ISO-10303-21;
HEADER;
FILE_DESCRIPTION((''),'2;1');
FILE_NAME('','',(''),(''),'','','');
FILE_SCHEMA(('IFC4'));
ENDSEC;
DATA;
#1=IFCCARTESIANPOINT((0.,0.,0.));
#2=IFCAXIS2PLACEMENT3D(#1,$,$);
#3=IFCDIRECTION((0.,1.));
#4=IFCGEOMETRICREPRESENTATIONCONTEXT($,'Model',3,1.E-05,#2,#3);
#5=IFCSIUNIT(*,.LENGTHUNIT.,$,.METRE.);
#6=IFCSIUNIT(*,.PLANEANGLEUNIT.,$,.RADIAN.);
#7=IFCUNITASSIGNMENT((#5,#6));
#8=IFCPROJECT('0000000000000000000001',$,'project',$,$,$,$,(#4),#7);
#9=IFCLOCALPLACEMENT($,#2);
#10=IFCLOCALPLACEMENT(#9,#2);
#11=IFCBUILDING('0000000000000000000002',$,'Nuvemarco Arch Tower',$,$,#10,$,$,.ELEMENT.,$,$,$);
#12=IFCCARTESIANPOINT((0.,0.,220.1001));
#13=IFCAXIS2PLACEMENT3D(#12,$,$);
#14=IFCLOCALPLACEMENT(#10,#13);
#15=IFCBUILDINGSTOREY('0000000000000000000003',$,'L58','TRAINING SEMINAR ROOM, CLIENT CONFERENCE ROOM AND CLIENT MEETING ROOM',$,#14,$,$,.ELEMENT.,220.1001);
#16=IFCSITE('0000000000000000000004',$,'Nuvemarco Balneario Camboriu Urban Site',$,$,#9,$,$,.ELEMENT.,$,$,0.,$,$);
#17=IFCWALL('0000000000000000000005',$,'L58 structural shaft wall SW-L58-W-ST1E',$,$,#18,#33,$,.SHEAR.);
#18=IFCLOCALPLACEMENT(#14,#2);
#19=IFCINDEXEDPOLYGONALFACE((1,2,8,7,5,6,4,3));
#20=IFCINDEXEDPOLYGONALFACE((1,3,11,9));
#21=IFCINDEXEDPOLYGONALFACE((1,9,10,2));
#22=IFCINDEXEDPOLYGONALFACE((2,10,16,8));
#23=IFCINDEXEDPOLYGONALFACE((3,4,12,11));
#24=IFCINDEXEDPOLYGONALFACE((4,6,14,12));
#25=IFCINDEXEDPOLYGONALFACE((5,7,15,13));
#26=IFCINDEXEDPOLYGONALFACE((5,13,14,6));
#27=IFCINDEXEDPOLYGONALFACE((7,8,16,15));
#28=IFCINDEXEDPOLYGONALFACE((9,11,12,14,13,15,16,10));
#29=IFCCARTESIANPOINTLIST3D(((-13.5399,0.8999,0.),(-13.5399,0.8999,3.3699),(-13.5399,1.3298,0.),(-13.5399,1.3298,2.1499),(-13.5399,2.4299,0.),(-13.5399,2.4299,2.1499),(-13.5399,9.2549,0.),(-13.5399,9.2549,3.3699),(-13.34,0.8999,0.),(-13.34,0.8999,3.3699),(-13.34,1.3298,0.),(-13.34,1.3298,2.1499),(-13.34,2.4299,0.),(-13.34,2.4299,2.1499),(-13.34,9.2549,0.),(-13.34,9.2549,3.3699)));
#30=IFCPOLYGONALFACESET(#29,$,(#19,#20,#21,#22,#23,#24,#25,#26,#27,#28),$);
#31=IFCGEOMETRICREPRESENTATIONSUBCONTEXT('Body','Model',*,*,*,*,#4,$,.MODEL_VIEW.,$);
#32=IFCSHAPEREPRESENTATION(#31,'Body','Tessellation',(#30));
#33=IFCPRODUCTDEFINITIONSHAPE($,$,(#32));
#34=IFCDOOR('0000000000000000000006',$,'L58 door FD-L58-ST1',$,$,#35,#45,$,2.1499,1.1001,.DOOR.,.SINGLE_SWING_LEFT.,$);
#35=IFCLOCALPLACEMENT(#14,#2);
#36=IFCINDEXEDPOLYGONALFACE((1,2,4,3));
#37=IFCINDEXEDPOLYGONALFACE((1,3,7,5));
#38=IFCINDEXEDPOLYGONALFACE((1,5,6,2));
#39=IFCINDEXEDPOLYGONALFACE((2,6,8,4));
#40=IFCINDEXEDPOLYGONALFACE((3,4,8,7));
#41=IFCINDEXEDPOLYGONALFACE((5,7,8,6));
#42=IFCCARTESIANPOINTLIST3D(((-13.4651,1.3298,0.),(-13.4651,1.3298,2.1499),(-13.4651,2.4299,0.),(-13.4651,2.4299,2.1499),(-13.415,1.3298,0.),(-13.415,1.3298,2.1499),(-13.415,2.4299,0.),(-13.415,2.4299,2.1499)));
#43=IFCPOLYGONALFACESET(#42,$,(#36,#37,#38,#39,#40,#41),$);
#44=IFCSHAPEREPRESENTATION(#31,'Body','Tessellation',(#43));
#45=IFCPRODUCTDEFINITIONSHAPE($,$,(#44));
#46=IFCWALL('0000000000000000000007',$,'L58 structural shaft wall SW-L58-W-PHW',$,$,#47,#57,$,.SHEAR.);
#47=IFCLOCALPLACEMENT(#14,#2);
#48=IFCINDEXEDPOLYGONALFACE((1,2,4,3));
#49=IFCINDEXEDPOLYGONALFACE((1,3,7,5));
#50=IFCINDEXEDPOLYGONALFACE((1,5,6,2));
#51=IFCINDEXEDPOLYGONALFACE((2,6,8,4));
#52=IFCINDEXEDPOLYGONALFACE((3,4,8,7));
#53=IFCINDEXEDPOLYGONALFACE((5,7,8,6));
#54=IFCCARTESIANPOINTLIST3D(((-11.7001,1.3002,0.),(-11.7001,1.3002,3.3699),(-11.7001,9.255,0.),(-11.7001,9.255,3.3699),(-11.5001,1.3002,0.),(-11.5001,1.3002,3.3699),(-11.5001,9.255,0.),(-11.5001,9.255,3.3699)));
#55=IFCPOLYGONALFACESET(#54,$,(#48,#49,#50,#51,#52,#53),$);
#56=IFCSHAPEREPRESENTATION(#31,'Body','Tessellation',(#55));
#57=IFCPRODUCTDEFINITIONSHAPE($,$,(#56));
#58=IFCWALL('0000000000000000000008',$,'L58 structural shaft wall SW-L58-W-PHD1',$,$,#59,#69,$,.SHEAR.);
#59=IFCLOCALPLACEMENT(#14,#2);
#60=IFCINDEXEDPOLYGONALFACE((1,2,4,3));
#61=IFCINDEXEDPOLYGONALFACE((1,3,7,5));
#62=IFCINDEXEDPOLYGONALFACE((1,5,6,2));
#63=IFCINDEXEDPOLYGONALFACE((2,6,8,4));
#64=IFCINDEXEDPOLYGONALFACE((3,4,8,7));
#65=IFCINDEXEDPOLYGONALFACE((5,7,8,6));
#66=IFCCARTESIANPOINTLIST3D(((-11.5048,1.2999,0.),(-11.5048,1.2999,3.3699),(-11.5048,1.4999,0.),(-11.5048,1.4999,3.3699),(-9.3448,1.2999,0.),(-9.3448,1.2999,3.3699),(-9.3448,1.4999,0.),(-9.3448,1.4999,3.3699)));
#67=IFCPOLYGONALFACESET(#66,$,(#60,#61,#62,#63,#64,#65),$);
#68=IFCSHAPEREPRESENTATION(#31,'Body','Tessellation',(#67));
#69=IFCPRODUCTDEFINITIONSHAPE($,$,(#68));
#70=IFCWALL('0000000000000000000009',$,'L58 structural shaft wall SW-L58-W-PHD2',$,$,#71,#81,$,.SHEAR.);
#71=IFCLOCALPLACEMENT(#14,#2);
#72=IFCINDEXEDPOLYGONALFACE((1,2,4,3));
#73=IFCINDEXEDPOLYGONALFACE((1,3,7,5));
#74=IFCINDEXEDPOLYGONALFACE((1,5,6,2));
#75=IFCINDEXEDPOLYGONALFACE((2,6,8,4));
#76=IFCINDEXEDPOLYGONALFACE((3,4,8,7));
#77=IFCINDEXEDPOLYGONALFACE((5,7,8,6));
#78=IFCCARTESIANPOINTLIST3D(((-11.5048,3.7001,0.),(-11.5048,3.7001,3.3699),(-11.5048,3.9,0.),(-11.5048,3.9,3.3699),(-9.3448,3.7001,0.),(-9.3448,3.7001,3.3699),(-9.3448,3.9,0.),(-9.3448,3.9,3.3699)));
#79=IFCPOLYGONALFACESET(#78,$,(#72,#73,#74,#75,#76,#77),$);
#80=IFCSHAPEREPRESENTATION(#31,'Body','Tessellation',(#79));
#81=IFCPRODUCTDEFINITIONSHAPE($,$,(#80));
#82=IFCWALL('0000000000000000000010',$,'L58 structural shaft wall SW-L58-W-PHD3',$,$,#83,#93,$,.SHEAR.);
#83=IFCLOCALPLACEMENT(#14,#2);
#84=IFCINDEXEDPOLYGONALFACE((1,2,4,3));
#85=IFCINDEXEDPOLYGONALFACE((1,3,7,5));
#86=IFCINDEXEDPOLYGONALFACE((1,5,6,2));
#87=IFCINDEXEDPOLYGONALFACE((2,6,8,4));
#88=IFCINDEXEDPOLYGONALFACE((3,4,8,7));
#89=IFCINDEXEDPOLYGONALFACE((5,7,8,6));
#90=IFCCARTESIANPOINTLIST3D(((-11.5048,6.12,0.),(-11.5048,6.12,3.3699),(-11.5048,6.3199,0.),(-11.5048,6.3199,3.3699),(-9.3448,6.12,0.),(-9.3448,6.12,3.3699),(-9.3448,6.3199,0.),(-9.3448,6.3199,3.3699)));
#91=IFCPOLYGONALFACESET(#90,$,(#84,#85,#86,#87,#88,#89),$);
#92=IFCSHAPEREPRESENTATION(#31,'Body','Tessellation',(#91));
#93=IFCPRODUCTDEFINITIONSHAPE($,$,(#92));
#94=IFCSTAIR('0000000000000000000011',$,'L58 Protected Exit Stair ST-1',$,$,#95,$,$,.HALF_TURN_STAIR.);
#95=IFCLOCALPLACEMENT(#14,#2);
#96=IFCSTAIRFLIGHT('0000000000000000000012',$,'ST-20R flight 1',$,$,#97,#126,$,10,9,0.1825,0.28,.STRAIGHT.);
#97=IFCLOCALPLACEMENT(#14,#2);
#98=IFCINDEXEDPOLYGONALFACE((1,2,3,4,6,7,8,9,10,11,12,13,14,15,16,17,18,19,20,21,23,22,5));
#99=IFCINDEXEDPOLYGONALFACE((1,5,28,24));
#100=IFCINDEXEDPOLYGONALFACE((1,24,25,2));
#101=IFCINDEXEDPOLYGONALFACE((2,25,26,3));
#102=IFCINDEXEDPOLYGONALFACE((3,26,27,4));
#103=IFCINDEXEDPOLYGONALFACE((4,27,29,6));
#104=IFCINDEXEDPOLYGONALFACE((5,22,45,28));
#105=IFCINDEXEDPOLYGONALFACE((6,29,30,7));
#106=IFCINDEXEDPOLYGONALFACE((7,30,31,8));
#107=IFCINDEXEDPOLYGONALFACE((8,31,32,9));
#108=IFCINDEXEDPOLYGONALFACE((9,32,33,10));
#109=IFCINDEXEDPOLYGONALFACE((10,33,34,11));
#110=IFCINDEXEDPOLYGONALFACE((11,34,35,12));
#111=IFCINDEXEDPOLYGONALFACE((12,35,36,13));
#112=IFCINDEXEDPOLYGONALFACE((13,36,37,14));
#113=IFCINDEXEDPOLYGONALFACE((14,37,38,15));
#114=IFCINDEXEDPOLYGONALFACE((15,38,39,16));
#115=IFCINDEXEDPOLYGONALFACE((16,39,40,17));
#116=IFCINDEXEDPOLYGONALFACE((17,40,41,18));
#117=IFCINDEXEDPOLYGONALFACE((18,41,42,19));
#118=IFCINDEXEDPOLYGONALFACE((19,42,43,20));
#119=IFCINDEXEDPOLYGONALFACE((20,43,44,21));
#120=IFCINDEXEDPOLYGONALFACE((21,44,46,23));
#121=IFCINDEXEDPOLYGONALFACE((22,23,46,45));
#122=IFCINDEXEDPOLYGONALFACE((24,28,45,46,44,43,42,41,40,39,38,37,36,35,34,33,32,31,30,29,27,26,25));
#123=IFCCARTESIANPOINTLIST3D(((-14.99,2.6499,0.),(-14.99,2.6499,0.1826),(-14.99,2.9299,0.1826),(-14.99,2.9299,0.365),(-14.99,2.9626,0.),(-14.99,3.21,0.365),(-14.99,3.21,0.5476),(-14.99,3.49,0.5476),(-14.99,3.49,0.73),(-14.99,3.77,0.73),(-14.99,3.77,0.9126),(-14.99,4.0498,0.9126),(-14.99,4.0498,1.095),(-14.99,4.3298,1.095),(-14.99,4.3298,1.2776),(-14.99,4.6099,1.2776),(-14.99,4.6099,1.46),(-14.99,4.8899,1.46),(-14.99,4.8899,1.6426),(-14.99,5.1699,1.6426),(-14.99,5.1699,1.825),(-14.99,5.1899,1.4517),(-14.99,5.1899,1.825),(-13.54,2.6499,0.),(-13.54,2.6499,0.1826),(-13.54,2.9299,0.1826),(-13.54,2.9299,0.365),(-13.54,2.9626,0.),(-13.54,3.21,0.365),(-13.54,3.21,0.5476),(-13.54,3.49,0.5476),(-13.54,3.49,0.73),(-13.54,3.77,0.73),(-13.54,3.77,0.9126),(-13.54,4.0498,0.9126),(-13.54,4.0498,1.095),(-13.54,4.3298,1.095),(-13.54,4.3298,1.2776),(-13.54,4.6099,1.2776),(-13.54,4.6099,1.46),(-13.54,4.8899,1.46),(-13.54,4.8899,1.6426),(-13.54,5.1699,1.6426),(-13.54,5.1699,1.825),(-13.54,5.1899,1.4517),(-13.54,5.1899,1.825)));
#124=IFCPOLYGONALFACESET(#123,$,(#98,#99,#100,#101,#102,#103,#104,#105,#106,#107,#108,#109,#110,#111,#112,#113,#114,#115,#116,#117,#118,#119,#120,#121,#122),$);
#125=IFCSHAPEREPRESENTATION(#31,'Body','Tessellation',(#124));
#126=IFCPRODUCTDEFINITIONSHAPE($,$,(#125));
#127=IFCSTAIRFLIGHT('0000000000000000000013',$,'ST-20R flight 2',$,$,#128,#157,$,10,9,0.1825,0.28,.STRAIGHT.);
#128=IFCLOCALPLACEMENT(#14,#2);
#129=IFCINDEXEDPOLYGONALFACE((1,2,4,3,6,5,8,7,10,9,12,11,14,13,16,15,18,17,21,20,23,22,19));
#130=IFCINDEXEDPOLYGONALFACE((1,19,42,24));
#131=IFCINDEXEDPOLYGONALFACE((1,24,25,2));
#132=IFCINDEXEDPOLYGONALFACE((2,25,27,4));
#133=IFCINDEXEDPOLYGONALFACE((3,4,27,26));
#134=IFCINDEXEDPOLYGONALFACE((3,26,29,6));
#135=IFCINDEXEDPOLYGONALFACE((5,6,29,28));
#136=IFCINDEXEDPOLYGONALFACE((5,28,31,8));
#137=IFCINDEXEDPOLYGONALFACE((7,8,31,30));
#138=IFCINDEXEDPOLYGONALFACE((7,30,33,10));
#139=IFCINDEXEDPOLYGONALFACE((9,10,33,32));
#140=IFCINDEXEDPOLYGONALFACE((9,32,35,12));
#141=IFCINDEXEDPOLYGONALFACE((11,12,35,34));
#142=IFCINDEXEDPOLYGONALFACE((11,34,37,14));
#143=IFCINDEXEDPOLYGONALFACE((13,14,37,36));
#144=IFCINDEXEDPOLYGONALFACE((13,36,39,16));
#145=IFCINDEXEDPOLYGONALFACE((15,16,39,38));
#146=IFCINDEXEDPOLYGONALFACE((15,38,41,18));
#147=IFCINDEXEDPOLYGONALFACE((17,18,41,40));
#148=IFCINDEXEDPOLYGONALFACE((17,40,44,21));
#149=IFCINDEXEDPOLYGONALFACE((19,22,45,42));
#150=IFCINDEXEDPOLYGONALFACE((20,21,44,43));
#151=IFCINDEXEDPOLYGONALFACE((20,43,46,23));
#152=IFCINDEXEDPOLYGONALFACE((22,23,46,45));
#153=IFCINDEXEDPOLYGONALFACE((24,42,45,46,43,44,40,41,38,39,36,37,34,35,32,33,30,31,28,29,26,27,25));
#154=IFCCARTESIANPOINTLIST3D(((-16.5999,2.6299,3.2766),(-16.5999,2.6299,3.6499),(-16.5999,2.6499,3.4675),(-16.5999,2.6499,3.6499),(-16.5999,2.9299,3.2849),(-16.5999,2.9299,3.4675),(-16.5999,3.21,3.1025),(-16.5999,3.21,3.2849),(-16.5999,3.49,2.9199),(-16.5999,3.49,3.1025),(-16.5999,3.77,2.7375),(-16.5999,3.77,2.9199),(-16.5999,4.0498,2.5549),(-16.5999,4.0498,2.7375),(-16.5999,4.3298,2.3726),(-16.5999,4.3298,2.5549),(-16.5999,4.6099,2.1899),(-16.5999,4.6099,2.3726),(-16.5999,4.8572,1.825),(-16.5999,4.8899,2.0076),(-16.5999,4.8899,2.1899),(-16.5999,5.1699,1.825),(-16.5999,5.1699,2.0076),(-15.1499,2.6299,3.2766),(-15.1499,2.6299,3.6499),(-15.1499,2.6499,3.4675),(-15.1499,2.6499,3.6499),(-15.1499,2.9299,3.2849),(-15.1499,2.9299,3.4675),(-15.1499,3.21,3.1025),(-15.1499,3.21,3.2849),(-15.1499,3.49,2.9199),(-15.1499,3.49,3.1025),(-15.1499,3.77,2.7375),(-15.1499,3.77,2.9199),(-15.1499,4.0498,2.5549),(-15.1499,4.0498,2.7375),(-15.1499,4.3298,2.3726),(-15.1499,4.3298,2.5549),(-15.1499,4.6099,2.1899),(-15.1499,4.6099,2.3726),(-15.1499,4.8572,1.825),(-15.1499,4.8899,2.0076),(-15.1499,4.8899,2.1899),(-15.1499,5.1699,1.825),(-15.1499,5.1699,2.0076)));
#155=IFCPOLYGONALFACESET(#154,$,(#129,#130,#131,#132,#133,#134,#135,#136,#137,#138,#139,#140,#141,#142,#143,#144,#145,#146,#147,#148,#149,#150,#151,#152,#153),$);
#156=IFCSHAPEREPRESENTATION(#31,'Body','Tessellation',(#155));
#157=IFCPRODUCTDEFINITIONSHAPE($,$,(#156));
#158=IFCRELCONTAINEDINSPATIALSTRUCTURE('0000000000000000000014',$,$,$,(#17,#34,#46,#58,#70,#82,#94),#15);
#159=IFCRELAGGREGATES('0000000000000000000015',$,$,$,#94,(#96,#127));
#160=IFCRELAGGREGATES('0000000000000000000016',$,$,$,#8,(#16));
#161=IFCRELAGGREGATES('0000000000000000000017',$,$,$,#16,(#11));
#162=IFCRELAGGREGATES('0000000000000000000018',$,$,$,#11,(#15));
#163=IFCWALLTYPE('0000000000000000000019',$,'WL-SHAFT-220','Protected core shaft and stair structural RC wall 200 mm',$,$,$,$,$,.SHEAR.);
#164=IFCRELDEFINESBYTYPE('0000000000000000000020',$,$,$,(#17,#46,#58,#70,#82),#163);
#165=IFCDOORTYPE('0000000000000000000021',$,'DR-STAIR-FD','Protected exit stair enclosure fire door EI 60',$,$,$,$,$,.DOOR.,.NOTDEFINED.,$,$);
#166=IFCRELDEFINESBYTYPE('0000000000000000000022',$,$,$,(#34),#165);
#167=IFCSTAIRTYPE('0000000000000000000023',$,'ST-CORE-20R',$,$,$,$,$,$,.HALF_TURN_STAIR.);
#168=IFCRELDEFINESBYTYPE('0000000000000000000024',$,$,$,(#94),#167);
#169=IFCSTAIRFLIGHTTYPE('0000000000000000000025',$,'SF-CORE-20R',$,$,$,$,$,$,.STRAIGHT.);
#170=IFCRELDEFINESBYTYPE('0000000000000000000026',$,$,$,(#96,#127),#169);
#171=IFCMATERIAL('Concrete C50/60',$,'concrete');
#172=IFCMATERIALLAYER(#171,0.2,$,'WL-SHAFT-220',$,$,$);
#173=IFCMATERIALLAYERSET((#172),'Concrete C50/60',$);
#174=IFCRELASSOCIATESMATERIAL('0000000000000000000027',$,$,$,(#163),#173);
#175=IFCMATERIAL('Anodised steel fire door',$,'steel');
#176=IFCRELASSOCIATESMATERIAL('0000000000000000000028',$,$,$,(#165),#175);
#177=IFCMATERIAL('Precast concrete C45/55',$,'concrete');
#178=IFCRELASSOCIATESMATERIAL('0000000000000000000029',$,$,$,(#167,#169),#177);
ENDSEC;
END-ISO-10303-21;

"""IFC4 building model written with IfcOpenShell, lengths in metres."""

from ifc_helpers import new_model, si_unit, direction, frame, frame_2d, origin, place, context, subcontext, project, spatial, polyline, rectangle, outline, extrude, source, transform, mapped, material, layer, layer_set, type_object, type_shapes, element, fill, aggregate, save


model = new_model("IFC4")

# Units and contexts
model_context = context("Model", 3, precision=1e-05, world=origin(), true_north=direction((0.0, 1.0)))
body_context = subcontext(model_context, "Body", "Model", "MODEL_VIEW")
ifc_project = project(units=[si_unit("LENGTHUNIT", "METRE"), si_unit("PLANEANGLEUNIT", "RADIAN")], contexts=[model_context])

# Site, building, storey
site_placement = place(None, origin())
site = spatial("IfcSite", under=ifc_project, at=site_placement, Name="Nuvemarco Balneario Camboriu Urban Site", CompositionType="ELEMENT", RefElevation=0.0)
building_placement = place(site_placement, origin())
building = spatial("IfcBuilding", under=site, at=building_placement, Name="Nuvemarco Arch Tower", CompositionType="ELEMENT")
storey_placement = place(building_placement, frame((0.0, 0.0, 220.1001)))
storey = spatial("IfcBuildingStorey", under=building, at=storey_placement, Name="L58", Description="TRAINING SEMINAR ROOM, CLIENT CONFERENCE ROOM AND CLIENT MEETING ROOM", CompositionType="ELEMENT", Elevation=220.1001)

# Shared definitions
ifc_material_1 = material(Name="Concrete C50/60", Category="concrete")

# Shared definitions
ifc_material_2 = material(Name="Precast concrete C45/55", Category="concrete")

# Wall, opening, door
ifc_layer_1 = layer(ifc_material_1, 0.2, Name="WL-SHAFT-220")
ifc_layer_set_1 = layer_set([ifc_layer_1], Name="Concrete C50/60")
wall_type_1 = type_object("IfcWallType", Name="WL-SHAFT-220", Description="Protected core shaft and stair structural RC wall 200 mm", PredefinedType="SHEAR", material=ifc_layer_set_1)
wall_1_placement = place(storey_placement, frame((-13.4399, 0.8999, 0.0), z_axis=(0.0, 0.0, 1.0), x_axis=(0.0, 1.0, 0.0)))
wall_1 = element("IfcWall", 1, at=wall_1_placement, inside=storey, type_object=wall_type_1, Name="L58 structural shaft wall SW-L58-W-ST1E", PredefinedType="SHEAR", context=body_context, shape_type="SweptSolid", body=[
    extrude(rectangle(XDim=8.355, YDim=0.2, at=frame_2d((4.1775, 0.0))), origin(), (0.0, 0.0, 1.0), 3.3699),
])
opening_1_placement = place(wall_1_placement, frame((1.53, 0.0, 0.0), z_axis=(0.0, 0.0, 1.0), x_axis=(-1.0, 0.0, 0.0)))
opening_1 = element("IfcOpeningElement", 2, at=opening_1_placement, cuts=wall_1, PredefinedType="OPENING", context=body_context, shape_type="SweptSolid", body=[
    extrude(rectangle(XDim=1.1001, YDim=2.1499, at=frame_2d((0.55, 1.075))), frame((0.0, 0.1099, 0.0), z_axis=(0.0, -1.0, 0.0), x_axis=(1.0, 0.0, 0.0)), (0.0, 0.0, 1.0), 0.22),
])
ifc_material_3 = material(Name="Anodised steel fire door", Category="steel")
door_type_1 = type_object("IfcDoorType", Name="DR-STAIR-FD", Description="Protected exit stair enclosure fire door EI 60", OperationType="NOTDEFINED", PredefinedType="DOOR", material=ifc_material_3)
shared_shape_1 = source(origin(), body_context, "Body", "SweptSolid", [
    extrude(rectangle(XDim=1.1001, YDim=2.1499, at=frame_2d((0.55, 1.075))), frame((0.0, 0.0249, 0.0), z_axis=(0.0, -1.0, 0.0), x_axis=(1.0, 0.0, 0.0)), (0.0, 0.0, 1.0), 0.05),
])
type_shapes(door_type_1, [shared_shape_1])
door_1_placement = place(opening_1_placement, origin())
door_1 = element("IfcDoor", 3, at=door_1_placement, inside=storey, type_object=door_type_1, Name="L58 door FD-L58-ST1", OperationType="SINGLE_SWING_LEFT", OverallHeight=2.1499, OverallWidth=1.1001, PredefinedType="DOOR", context=body_context, shape_type="MappedRepresentation", body=[
    mapped(shared_shape_1, transform((0.0, 0.0, 0.0), scale=1.0)),
])
fill(opening_1, door_1)

# Walls
wall_2_placement = place(storey_placement, frame((-11.6001, 1.3, 0.0), z_axis=(0.0, 0.0, 1.0), x_axis=(0.0, 1.0, 0.0)))
element("IfcWall", 4, at=wall_2_placement, inside=storey, type_object=wall_type_1, Name="L58 structural shaft wall SW-L58-W-PHW", PredefinedType="SHEAR", context=body_context, shape_type="SweptSolid", body=[
    extrude(rectangle(XDim=7.9548, YDim=0.2, at=frame_2d((3.9775, 0.0))), origin(), (0.0, 0.0, 1.0), 3.3699),
])
for number, where, z_axis, x_axis, name in (
    (5, (-11.5049, 1.3999, 0.0), (0.0, 0.0, 1.0), (1.0, 0.0, 0.0), "L58 structural shaft wall SW-L58-W-PHD1"),
    (6, (-11.5049, 3.8, 0.0), (0.0, 0.0, 1.0), (1.0, 0.0, 0.0), "L58 structural shaft wall SW-L58-W-PHD2"),
    (7, (-11.5049, 6.22, 0.0), (0.0, 0.0, 1.0), (1.0, 0.0, 0.0), "L58 structural shaft wall SW-L58-W-PHD3"),
):
    element("IfcWall", number, at=place(storey_placement, frame(where, z_axis=z_axis, x_axis=x_axis)), inside=storey, type_object=wall_type_1, Name=name, PredefinedType="SHEAR", context=body_context, shape_type="SweptSolid", body=[
        extrude(rectangle(XDim=2.1599, YDim=0.2, at=frame_2d((1.0801, 0.0))), origin(), (0.0, 0.0, 1.0), 3.3699),
    ])

# Stair, stair flights
stair_type = type_object("IfcStairType", Name="ST-CORE-20R", PredefinedType="HALF_TURN_STAIR", material=ifc_material_2)
stair_placement = place(storey_placement, origin())
stair = element("IfcStair", 8, at=stair_placement, inside=storey, type_object=stair_type, Name="L58 Protected Exit Stair ST-1", PredefinedType="HALF_TURN_STAIR")
stair_flight_type = type_object("IfcStairFlightType", Name="SF-CORE-20R", PredefinedType="STRAIGHT", material=ifc_material_2)
stair_flight_1_placement = place(storey_placement, frame((-14.2649, 2.6499, 0.0), z_axis=(0.0, 0.0, 1.0), x_axis=(0.0, 1.0, 0.0)))
stair_flight_1 = element("IfcStairFlight", 9, at=stair_flight_1_placement, type_object=stair_flight_type, Name="ST-20R flight 1", NumberOfRisers=10, NumberOfTreads=9, PredefinedType="STRAIGHT", RiserHeight=0.1825, TreadLength=0.28, context=body_context, shape_type="SweptSolid", body=[
    extrude(outline(polyline([(0.0, 0.0), (0.0, 0.1826), (0.28, 0.1826), (0.28, 0.365), (0.5601, 0.365), (0.5601, 0.5476), (0.8401, 0.5476), (0.8401, 0.73), (1.1201, 0.73), (1.1201, 0.9126), (1.3999, 0.9126), (1.3999, 1.095), (1.6799, 1.095), (1.6799, 1.2776), (1.96, 1.2776), (1.96, 1.46), (2.24, 1.46), (2.24, 1.6426), (2.52, 1.6426), (2.52, 1.825), (2.54, 1.825), (2.54, 1.4517), (0.3127, 0.0), (0.0, 0.0)])), frame((0.0, 0.7251, 0.0), z_axis=(0.0, -1.0, 0.0), x_axis=(1.0, 0.0, 0.0)), (0.0, 0.0, 1.0), 1.45),
])
stair_flight_2_placement = place(storey_placement, frame((-15.875, 5.1699, 1.825), z_axis=(0.0, 0.0, 1.0), x_axis=(0.0, -1.0, 0.0)))
stair_flight_2 = element("IfcStairFlight", 10, at=stair_flight_2_placement, type_object=stair_flight_type, Name="ST-20R flight 2", NumberOfRisers=10, NumberOfTreads=9, PredefinedType="STRAIGHT", RiserHeight=0.1825, TreadLength=0.28, context=body_context, shape_type="SweptSolid", body=[
    extrude(outline(polyline([(0.0, 0.0), (0.0, 0.1826), (0.28, 0.1826), (0.28, 0.365), (0.5601, 0.365), (0.5601, 0.5476), (0.8401, 0.5476), (0.8401, 0.73), (1.1201, 0.73), (1.1201, 0.9126), (1.3999, 0.9126), (1.3999, 1.095), (1.6799, 1.095), (1.6799, 1.2776), (1.96, 1.2776), (1.96, 1.46), (2.24, 1.46), (2.24, 1.6426), (2.52, 1.6426), (2.52, 1.825), (2.54, 1.825), (2.54, 1.4517), (0.3127, 0.0), (0.0, 0.0)])), frame((0.0, 0.7251, 0.0), z_axis=(0.0, -1.0, 0.0), x_axis=(1.0, 0.0, 0.0)), (0.0, 0.0, 1.0), 1.45),
])
aggregate(stair, [stair_flight_1, stair_flight_2])

save(model, "model.ifc")
